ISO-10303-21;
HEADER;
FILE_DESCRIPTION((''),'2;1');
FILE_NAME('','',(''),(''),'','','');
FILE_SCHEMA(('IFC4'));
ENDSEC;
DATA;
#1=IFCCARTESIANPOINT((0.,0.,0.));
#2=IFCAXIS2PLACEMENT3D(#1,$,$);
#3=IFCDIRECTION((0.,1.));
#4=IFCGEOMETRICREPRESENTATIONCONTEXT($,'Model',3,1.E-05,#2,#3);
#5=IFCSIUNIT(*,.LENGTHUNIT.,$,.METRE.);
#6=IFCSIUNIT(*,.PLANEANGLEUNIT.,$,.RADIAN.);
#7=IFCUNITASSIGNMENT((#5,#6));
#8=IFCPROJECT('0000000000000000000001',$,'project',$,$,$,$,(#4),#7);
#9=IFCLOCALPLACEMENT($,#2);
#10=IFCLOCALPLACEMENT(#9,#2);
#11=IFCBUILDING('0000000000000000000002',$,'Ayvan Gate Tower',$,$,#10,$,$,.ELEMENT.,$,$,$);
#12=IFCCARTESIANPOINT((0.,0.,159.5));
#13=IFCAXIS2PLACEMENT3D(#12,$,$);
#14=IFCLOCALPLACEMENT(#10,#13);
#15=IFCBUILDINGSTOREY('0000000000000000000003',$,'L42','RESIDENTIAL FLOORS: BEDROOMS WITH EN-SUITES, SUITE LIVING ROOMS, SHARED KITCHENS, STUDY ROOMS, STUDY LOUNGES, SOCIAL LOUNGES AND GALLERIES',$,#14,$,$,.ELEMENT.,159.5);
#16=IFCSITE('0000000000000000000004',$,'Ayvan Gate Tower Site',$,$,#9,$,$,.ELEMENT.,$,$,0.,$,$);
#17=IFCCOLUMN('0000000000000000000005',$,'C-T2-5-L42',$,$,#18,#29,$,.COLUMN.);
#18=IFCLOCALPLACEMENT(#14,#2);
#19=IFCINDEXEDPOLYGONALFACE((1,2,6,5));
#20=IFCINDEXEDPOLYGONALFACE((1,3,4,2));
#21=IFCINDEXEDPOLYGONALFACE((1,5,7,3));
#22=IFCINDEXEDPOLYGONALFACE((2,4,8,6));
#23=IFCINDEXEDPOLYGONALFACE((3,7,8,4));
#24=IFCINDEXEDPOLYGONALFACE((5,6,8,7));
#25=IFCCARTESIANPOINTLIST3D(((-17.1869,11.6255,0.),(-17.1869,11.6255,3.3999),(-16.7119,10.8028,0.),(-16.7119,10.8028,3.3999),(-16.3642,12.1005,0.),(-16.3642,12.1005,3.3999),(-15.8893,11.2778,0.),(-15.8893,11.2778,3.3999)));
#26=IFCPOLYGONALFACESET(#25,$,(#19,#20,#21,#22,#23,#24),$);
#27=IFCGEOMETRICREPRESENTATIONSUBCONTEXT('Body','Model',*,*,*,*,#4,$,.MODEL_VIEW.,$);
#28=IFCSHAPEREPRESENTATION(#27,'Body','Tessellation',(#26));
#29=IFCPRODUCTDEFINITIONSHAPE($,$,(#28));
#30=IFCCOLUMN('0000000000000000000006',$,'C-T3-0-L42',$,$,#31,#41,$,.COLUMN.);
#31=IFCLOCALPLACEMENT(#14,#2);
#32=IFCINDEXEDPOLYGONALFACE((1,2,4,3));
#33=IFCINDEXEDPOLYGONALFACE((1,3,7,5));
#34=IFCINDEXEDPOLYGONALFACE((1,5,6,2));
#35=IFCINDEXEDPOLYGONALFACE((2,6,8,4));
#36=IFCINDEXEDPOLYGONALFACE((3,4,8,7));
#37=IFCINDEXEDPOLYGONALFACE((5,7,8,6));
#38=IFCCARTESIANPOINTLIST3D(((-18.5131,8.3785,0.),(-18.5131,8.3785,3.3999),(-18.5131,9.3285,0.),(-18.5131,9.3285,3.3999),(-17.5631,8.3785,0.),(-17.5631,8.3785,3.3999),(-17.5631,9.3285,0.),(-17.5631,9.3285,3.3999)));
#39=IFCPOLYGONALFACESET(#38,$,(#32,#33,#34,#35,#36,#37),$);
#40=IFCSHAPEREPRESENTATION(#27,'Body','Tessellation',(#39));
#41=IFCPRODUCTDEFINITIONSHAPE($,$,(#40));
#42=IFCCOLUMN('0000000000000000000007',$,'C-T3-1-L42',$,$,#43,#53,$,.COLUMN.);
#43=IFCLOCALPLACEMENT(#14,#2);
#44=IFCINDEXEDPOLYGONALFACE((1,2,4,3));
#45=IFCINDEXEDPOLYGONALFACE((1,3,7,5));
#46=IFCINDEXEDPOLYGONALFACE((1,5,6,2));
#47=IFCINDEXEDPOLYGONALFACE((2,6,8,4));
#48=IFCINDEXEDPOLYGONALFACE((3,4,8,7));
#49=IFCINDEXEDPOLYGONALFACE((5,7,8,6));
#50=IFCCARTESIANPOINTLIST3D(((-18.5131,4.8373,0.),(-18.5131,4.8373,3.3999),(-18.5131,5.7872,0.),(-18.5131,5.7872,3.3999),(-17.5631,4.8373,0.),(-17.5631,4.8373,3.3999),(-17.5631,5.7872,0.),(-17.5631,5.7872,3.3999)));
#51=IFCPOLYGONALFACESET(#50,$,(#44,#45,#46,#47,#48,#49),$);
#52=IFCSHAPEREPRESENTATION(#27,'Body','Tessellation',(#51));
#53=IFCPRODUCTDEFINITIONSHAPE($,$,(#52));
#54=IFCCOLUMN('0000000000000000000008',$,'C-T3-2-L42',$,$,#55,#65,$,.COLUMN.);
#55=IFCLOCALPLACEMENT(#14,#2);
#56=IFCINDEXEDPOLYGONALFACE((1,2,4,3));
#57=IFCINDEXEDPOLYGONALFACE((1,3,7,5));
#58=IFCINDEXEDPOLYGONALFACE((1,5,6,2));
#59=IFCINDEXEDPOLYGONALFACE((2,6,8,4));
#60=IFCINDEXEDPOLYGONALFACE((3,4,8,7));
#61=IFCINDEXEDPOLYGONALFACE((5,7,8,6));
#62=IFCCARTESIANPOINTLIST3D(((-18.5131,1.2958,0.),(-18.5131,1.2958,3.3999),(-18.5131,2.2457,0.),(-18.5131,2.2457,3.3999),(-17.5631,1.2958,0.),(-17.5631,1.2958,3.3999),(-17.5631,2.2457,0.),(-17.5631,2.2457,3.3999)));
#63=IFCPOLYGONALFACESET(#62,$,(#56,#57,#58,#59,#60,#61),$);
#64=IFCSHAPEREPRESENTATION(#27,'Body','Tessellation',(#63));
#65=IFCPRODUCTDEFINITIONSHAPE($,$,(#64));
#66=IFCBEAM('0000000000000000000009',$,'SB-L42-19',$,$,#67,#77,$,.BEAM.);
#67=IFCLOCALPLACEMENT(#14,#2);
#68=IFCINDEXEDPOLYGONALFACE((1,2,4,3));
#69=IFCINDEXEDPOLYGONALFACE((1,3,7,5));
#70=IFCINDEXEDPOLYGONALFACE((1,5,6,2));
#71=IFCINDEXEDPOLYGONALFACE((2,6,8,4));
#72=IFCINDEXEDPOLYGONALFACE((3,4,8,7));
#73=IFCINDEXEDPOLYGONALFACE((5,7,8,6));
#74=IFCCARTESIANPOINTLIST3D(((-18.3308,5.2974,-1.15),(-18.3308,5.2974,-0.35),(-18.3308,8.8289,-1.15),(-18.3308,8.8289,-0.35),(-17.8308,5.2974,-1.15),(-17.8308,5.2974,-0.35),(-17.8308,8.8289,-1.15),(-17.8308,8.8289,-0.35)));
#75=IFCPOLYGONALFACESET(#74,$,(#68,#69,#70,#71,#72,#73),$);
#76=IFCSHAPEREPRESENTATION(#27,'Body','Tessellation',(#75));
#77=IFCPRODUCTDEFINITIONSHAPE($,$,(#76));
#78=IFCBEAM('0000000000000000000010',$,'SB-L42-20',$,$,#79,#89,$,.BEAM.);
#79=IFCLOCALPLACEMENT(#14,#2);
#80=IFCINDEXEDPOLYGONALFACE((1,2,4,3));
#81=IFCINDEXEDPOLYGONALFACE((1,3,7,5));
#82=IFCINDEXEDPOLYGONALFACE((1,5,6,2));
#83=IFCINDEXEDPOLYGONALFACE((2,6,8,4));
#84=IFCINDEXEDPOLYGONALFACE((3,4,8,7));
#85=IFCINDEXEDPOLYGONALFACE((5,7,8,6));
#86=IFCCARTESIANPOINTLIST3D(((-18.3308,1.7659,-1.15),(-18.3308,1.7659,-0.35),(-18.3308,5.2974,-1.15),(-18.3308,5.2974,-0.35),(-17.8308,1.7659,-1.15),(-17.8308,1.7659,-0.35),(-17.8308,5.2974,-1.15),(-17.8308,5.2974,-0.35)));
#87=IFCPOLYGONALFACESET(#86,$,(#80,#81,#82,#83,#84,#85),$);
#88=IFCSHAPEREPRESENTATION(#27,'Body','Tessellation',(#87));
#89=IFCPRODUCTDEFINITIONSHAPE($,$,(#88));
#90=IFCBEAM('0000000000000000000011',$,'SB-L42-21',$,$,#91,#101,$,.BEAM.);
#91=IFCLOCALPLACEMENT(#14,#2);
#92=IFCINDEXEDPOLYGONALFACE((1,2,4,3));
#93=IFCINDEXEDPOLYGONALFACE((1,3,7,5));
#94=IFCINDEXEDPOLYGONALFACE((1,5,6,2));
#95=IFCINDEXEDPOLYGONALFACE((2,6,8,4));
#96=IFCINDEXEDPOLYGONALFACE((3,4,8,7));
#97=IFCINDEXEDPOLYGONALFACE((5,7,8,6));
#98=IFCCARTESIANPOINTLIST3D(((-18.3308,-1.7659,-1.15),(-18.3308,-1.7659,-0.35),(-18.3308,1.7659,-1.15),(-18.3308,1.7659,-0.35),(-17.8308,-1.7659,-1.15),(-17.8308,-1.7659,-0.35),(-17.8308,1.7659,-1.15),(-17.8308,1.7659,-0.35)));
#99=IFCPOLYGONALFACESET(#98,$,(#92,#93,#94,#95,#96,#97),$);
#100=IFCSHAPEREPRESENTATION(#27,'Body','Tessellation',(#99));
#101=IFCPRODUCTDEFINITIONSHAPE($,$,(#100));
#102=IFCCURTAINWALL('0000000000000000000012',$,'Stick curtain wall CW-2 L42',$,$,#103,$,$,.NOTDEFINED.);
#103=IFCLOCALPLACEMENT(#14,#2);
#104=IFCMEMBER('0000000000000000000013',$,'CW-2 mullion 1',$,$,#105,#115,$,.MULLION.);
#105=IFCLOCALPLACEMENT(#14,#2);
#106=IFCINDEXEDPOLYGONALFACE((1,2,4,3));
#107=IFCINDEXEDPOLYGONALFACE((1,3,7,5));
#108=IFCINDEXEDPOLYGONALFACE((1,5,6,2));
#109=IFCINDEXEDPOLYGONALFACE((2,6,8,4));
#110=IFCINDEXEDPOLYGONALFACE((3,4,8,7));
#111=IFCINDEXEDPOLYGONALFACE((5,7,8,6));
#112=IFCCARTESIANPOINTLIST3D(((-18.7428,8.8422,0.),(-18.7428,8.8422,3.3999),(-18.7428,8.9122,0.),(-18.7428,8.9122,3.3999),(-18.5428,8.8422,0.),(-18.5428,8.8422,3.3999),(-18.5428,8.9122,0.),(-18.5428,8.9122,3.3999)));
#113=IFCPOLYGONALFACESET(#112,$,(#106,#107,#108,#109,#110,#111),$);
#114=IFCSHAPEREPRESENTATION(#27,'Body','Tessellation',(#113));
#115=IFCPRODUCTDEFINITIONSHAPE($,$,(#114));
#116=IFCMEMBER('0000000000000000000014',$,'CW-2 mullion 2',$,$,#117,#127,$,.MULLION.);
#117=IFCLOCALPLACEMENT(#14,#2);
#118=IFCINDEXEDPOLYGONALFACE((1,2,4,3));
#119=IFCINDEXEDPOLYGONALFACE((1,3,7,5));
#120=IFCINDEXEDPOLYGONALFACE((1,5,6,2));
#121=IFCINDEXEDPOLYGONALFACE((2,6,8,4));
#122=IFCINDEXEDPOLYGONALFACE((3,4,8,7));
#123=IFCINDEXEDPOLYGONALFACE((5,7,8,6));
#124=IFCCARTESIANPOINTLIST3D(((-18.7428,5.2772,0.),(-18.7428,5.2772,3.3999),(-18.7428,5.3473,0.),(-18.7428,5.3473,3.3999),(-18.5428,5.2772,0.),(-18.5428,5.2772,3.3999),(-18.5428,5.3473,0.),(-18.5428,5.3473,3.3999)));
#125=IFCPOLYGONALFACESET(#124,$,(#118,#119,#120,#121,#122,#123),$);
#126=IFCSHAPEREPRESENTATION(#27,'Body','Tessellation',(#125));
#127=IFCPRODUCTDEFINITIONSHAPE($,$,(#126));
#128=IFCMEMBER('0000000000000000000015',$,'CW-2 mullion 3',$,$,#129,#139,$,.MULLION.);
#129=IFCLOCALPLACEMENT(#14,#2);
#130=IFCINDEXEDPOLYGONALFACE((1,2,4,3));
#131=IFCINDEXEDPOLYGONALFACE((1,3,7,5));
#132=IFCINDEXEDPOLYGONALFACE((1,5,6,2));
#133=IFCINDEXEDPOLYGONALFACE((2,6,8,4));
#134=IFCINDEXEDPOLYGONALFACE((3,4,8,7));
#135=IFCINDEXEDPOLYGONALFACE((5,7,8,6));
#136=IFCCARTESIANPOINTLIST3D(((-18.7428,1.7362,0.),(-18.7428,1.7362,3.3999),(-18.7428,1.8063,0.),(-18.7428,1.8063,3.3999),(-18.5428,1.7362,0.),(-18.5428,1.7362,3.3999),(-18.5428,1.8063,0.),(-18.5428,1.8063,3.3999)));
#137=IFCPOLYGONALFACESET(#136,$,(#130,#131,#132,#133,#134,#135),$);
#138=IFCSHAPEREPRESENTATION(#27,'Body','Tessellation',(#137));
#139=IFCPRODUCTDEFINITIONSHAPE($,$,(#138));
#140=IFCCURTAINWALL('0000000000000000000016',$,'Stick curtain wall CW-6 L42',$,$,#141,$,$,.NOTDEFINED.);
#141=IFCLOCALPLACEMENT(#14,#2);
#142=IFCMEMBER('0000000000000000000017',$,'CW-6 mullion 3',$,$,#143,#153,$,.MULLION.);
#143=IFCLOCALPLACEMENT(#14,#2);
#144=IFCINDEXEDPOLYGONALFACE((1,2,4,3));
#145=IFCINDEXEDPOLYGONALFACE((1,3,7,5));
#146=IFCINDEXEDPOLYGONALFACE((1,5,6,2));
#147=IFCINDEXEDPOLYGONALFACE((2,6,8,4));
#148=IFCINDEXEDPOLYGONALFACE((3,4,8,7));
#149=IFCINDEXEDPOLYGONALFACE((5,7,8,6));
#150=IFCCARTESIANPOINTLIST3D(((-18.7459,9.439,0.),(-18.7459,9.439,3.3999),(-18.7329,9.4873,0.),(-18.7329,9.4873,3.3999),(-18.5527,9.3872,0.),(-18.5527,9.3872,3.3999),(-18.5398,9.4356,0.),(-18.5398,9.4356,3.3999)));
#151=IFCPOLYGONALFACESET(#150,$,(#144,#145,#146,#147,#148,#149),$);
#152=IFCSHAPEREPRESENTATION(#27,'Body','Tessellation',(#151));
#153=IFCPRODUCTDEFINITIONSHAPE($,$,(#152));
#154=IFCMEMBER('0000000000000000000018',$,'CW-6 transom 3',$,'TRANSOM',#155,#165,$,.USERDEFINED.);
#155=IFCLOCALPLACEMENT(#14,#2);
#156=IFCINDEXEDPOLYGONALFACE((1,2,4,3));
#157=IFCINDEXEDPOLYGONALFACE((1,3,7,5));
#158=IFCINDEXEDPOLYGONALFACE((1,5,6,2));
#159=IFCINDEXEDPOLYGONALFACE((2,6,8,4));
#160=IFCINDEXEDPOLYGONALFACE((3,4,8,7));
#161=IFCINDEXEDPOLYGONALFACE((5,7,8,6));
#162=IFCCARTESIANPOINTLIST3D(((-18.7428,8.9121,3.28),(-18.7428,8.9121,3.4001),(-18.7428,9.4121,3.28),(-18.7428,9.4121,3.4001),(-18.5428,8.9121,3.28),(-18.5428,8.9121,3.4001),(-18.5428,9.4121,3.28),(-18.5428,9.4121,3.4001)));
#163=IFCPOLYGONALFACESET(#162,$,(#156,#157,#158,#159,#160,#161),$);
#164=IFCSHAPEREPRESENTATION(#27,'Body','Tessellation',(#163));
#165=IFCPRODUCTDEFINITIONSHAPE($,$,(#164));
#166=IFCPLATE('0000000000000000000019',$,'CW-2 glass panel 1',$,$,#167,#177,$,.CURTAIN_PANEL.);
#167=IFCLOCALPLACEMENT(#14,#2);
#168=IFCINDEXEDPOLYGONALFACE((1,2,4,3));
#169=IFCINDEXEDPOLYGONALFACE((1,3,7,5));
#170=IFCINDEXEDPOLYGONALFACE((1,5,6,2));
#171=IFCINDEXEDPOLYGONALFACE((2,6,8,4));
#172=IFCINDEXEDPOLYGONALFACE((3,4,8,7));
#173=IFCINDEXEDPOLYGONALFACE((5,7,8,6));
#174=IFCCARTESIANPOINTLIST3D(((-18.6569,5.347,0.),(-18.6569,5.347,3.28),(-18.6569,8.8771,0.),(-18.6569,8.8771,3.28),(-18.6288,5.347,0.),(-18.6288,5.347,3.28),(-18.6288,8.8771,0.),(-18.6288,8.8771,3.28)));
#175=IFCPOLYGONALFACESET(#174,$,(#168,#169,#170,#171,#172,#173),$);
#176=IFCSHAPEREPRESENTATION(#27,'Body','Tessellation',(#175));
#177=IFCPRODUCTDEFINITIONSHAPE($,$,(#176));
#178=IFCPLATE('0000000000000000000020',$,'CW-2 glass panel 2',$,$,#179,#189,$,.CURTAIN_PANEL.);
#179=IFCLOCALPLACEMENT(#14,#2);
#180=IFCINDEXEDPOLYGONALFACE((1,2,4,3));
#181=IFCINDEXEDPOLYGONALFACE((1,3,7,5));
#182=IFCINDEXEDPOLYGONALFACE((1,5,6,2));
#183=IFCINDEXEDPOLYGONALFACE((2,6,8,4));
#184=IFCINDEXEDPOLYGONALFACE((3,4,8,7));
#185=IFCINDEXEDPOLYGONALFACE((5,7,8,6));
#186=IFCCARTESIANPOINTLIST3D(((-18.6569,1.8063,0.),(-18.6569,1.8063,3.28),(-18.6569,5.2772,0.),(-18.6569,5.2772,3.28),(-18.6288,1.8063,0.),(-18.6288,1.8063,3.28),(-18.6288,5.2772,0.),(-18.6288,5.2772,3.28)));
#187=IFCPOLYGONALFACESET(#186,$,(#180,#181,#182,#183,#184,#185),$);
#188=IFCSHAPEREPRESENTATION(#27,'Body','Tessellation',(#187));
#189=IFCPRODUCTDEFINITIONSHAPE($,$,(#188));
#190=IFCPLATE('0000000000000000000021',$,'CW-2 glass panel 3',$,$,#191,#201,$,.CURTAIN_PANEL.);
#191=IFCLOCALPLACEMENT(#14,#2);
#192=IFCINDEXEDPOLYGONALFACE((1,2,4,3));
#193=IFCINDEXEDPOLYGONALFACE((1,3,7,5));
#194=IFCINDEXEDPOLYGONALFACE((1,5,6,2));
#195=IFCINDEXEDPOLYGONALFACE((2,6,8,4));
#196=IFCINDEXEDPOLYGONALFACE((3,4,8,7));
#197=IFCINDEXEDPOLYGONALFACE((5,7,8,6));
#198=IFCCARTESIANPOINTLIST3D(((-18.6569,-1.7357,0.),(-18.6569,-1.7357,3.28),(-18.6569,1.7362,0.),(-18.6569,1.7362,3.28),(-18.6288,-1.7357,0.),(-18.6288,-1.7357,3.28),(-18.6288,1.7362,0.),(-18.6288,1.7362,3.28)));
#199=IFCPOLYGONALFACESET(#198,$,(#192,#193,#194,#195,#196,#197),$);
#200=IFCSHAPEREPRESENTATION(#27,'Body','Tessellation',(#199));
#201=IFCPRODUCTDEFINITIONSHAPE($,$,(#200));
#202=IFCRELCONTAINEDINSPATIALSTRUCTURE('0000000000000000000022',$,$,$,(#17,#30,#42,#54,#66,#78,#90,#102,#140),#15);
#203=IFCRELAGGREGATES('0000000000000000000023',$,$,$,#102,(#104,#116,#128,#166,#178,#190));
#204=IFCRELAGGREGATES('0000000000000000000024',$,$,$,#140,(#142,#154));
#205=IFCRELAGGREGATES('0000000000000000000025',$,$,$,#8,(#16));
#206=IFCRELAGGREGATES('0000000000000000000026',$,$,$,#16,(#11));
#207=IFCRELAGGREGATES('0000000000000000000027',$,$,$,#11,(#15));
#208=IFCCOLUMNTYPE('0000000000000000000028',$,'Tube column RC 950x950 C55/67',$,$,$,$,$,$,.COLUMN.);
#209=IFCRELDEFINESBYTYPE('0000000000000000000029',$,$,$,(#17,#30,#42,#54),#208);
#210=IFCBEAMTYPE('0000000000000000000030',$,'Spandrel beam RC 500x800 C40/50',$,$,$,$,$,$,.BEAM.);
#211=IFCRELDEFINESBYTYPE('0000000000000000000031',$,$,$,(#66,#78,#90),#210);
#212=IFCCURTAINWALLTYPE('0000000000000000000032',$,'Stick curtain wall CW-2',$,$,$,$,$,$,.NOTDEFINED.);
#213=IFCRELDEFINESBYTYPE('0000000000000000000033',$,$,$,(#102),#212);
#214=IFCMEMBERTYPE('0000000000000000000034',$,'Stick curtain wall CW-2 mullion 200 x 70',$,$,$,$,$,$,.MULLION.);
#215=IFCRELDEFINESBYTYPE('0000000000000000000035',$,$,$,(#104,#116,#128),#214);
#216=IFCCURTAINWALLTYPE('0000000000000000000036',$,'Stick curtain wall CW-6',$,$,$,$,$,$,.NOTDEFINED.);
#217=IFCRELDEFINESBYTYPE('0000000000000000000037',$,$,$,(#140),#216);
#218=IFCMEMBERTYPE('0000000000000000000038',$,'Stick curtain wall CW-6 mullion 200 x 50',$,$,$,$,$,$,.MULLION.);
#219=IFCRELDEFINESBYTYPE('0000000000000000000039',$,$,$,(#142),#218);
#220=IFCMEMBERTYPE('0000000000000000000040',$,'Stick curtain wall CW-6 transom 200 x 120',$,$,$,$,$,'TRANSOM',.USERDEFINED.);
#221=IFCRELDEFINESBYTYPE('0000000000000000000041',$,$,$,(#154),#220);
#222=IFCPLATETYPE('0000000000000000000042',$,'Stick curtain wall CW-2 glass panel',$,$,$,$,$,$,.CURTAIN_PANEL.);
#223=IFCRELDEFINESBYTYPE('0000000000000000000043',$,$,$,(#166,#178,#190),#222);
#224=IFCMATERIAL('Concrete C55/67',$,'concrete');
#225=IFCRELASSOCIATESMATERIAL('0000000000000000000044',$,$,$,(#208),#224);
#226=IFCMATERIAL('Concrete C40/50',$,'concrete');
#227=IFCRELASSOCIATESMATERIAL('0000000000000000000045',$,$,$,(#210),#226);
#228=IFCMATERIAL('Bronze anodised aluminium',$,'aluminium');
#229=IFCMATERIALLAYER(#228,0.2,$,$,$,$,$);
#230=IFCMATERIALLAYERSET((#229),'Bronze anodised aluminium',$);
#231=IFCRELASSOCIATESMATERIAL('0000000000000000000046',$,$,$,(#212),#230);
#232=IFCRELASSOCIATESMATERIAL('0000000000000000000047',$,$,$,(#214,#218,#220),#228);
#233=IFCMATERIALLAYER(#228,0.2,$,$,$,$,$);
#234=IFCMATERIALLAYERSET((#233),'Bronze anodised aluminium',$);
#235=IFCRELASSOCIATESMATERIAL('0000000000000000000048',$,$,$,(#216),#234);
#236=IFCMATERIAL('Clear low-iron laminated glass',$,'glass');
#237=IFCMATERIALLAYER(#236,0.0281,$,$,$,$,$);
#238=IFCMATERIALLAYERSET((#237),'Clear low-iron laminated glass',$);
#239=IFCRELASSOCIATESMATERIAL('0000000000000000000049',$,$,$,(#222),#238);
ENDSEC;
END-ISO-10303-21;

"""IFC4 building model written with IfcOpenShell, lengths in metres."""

from ifc_helpers import new_model, si_unit, direction, frame, origin, origin_2d, place, context, subcontext, project, spatial, rectangle, extrude, material, layer, layer_set, material_profile, profile_set, type_object, element, aggregate, save


model = new_model("IFC4")

# Units and contexts
model_context = context("Model", 3, precision=1e-05, world=origin(), true_north=direction((0.0, 1.0)))
body_context = subcontext(model_context, "Body", "Model", "MODEL_VIEW")
ifc_project = project(units=[si_unit("LENGTHUNIT", "METRE"), si_unit("PLANEANGLEUNIT", "RADIAN")], contexts=[model_context])

# Site, building, storey
site_placement = place(None, origin())
site = spatial("IfcSite", under=ifc_project, at=site_placement, Name="Ayvan Gate Tower Site", CompositionType="ELEMENT", RefElevation=0.0)
building_placement = place(site_placement, origin())
building = spatial("IfcBuilding", under=site, at=building_placement, Name="Ayvan Gate Tower", CompositionType="ELEMENT")
storey_placement = place(building_placement, frame((0.0, 0.0, 159.5)))
storey = spatial("IfcBuildingStorey", under=building, at=storey_placement, Name="L42", Description="RESIDENTIAL FLOORS: BEDROOMS WITH EN-SUITES, SUITE LIVING ROOMS, SHARED KITCHENS, STUDY ROOMS, STUDY LOUNGES, SOCIAL LOUNGES AND GALLERIES", CompositionType="ELEMENT", Elevation=159.5)

# Columns
ifc_material_1 = material(Name="Concrete C55/67", Category="concrete")
ifc_material_profile_1 = material_profile(ifc_material_1, rectangle(XDim=0.95, YDim=0.95, at=origin_2d()), Name="RC 950x950")
ifc_profile_set_1 = profile_set([ifc_material_profile_1], Name="Concrete C55/67")
column_type = type_object("IfcColumnType", Name="Tube column RC 950x950 C55/67", PredefinedType="COLUMN", material=ifc_profile_set_1)
for number, where, z_axis, x_axis, name in (
    (1, (-16.5381, 11.4517, 0.0), (0.0, 0.0, 1.0), (-0.5, 0.866025, 0.0), "C-T2-5-L42"),
    (2, (-18.0381, 8.8535, 0.0), (0.0, 0.0, 1.0), (-1.0, 0.0, 0.0), "C-T3-0-L42"),
    (3, (-18.0381, 5.3123, 0.0), (0.0, 0.0, 1.0), (-1.0, 0.0, 0.0), "C-T3-1-L42"),
    (4, (-18.0381, 1.7708, 0.0), (0.0, 0.0, 1.0), (-1.0, 0.0, 0.0), "C-T3-2-L42"),
):
    element("IfcColumn", number, at=place(storey_placement, frame(where, z_axis=z_axis, x_axis=x_axis)), inside=storey, type_object=column_type, Name=name, PredefinedType="COLUMN", context=body_context, shape_type="SweptSolid", body=[
        extrude(rectangle(XDim=0.95, YDim=0.95, at=origin_2d()), origin(), (0.0, 0.0, 1.0), 3.3999),
    ])

# Beams
ifc_material_2 = material(Name="Concrete C40/50", Category="concrete")
ifc_material_profile_2 = material_profile(ifc_material_2, rectangle(XDim=0.5, YDim=0.8, at=origin_2d()), Name="RC 500x800")
ifc_profile_set_2 = profile_set([ifc_material_profile_2], Name="Concrete C40/50")
beam_type = type_object("IfcBeamType", Name="Spandrel beam RC 500x800 C40/50", PredefinedType="BEAM", material=ifc_profile_set_2)
for number, where, z_axis, x_axis, name in (
    (5, (-18.0808, 8.8289, -0.75), (0.0, -1.0, 0.0), (1.0, 0.0, 0.0), "SB-L42-19"),
    (6, (-18.0808, 5.2974, -0.75), (0.0, -1.0, 0.0), (1.0, 0.0, 0.0), "SB-L42-20"),
):
    element("IfcBeam", number, at=place(storey_placement, frame(where, z_axis=z_axis, x_axis=x_axis)), inside=storey, type_object=beam_type, Name=name, PredefinedType="BEAM", context=body_context, shape_type="SweptSolid", body=[
        extrude(rectangle(XDim=0.5, YDim=0.8, at=origin_2d()), origin(), (0.0, 0.0, 1.0), 3.5315),
    ])
beam_placement = place(storey_placement, frame((-18.0808, 1.7659, -0.75), z_axis=(0.0, -1.0, 0.0), x_axis=(1.0, 0.0, 0.0)))
element("IfcBeam", 7, at=beam_placement, inside=storey, type_object=beam_type, Name="SB-L42-21", PredefinedType="BEAM", context=body_context, shape_type="SweptSolid", body=[
    extrude(rectangle(XDim=0.5, YDim=0.8, at=origin_2d()), origin(), (0.0, 0.0, 1.0), 3.5317),
])

# Curtain walls, members
ifc_material_3 = material(Name="Bronze anodised aluminium", Category="aluminium")
ifc_layer_1 = layer(ifc_material_3, 0.2)
ifc_layer_set_1 = layer_set([ifc_layer_1], Name="Bronze anodised aluminium")
curtain_wall_type_1 = type_object("IfcCurtainWallType", Name="Stick curtain wall CW-2", PredefinedType="NOTDEFINED", material=ifc_layer_set_1)
curtain_wall_1_placement = place(storey_placement, origin())
curtain_wall_1 = element("IfcCurtainWall", 8, at=curtain_wall_1_placement, inside=storey, type_object=curtain_wall_type_1, Name="Stick curtain wall CW-2 L42", PredefinedType="NOTDEFINED")
ifc_material_profile_3 = material_profile(ifc_material_3, rectangle(XDim=0.2, YDim=0.0701, at=origin_2d()), Name="Stick curtain wall CW-2 mullion 200 x 70")
ifc_profile_set_3 = profile_set([ifc_material_profile_3], Name="Bronze anodised aluminium")
member_type_1 = type_object("IfcMemberType", Name="Stick curtain wall CW-2 mullion 200 x 70", PredefinedType="MULLION", material=ifc_profile_set_3)
member_1_placement = place(storey_placement, frame((-18.6428, 8.8772, 0.0), z_axis=(0.0, 0.0, 1.0), x_axis=(-1.0, 0.0, 0.0)))
member_1 = element("IfcMember", 9, at=member_1_placement, type_object=member_type_1, Name="CW-2 mullion 1", PredefinedType="MULLION", context=body_context, shape_type="SweptSolid", body=[
    extrude(rectangle(XDim=0.2, YDim=0.0701, at=origin_2d()), origin(), (0.0, 0.0, 1.0), 3.3999),
])
member_2_placement = place(storey_placement, frame((-18.6428, 5.3123, 0.0), z_axis=(0.0, 0.0, 1.0), x_axis=(-1.0, 0.0, 0.0)))
member_2 = element("IfcMember", 10, at=member_2_placement, type_object=member_type_1, Name="CW-2 mullion 2", PredefinedType="MULLION", context=body_context, shape_type="SweptSolid", body=[
    extrude(rectangle(XDim=0.2, YDim=0.0701, at=origin_2d()), origin(), (0.0, 0.0, 1.0), 3.3999),
])
member_3_placement = place(storey_placement, frame((-18.6428, 1.7712, 0.0), z_axis=(0.0, 0.0, 1.0), x_axis=(-1.0, 0.0, 0.0)))
member_3 = element("IfcMember", 11, at=member_3_placement, type_object=member_type_1, Name="CW-2 mullion 3", PredefinedType="MULLION", context=body_context, shape_type="SweptSolid", body=[
    extrude(rectangle(XDim=0.2, YDim=0.0701, at=origin_2d()), origin(), (0.0, 0.0, 1.0), 3.3999),
])
ifc_layer_2 = layer(ifc_material_3, 0.2)
ifc_layer_set_2 = layer_set([ifc_layer_2], Name="Bronze anodised aluminium")
curtain_wall_type_2 = type_object("IfcCurtainWallType", Name="Stick curtain wall CW-6", PredefinedType="NOTDEFINED", material=ifc_layer_set_2)
curtain_wall_2_placement = place(storey_placement, origin())
curtain_wall_2 = element("IfcCurtainWall", 12, at=curtain_wall_2_placement, inside=storey, type_object=curtain_wall_type_2, Name="Stick curtain wall CW-6 L42", PredefinedType="NOTDEFINED")
ifc_material_profile_4 = material_profile(ifc_material_3, rectangle(XDim=0.2, YDim=0.05, at=origin_2d()), Name="Stick curtain wall CW-6 mullion 200 x 50")
ifc_profile_set_4 = profile_set([ifc_material_profile_4], Name="Bronze anodised aluminium")
member_type_2 = type_object("IfcMemberType", Name="Stick curtain wall CW-6 mullion 200 x 50", PredefinedType="MULLION", material=ifc_profile_set_4)
member_4_placement = place(storey_placement, frame((-18.6428, 9.4373, 0.0), z_axis=(0.0, 0.0, 1.0), x_axis=(-0.965926, 0.258819, 0.0)))
member_4 = element("IfcMember", 13, at=member_4_placement, type_object=member_type_2, Name="CW-6 mullion 3", PredefinedType="MULLION", context=body_context, shape_type="SweptSolid", body=[
    extrude(rectangle(XDim=0.2, YDim=0.05, at=origin_2d()), origin(), (0.0, 0.0, 1.0), 3.3999),
])
ifc_material_profile_5 = material_profile(ifc_material_3, rectangle(XDim=0.2, YDim=0.1201, at=origin_2d()), Name="Stick curtain wall CW-6 transom 200 x 120")
ifc_profile_set_5 = profile_set([ifc_material_profile_5], Name="Bronze anodised aluminium")
member_type_3 = type_object("IfcMemberType", Name="Stick curtain wall CW-6 transom 200 x 120", ElementType="TRANSOM", PredefinedType="USERDEFINED", material=ifc_profile_set_5)
member_5_placement = place(storey_placement, frame((-18.6428, 9.4121, 3.3401), z_axis=(0.0, -1.0, 0.0), x_axis=(1.0, 0.0, 0.0)))
member_5 = element("IfcMember", 14, at=member_5_placement, type_object=member_type_3, Name="CW-6 transom 3", ObjectType="TRANSOM", PredefinedType="USERDEFINED", context=body_context, shape_type="SweptSolid", body=[
    extrude(rectangle(XDim=0.2, YDim=0.1201, at=origin_2d()), origin(), (0.0, 0.0, 1.0), 0.5),
])

# Plates
ifc_material_4 = material(Name="Clear low-iron laminated glass", Category="glass")
ifc_layer_3 = layer(ifc_material_4, 0.0281)
ifc_layer_set_3 = layer_set([ifc_layer_3], Name="Clear low-iron laminated glass")
plate_type_1 = type_object("IfcPlateType", Name="Stick curtain wall CW-2 glass panel", PredefinedType="CURTAIN_PANEL", material=ifc_layer_set_3)
plate_1_placement = place(storey_placement, frame((-18.6428, 7.1121, 0.0), z_axis=(0.0, 0.0, 1.0), x_axis=(0.0, -1.0, 0.0)))
plate_1 = element("IfcPlate", 15, at=plate_1_placement, type_object=plate_type_1, Name="CW-2 glass panel 1", PredefinedType="CURTAIN_PANEL", context=body_context, shape_type="SweptSolid", body=[
    extrude(rectangle(XDim=3.53, YDim=0.0281, at=origin_2d()), origin(), (0.0, 0.0, 1.0), 3.28),
])
plate_2_placement = place(storey_placement, frame((-18.6428, 3.5417, 0.0), z_axis=(0.0, 0.0, 1.0), x_axis=(0.0, -1.0, 0.0)))
plate_2 = element("IfcPlate", 16, at=plate_2_placement, type_object=plate_type_1, Name="CW-2 glass panel 2", PredefinedType="CURTAIN_PANEL", context=body_context, shape_type="SweptSolid", body=[
    extrude(rectangle(XDim=3.4709, YDim=0.0281, at=origin_2d()), origin(), (0.0, 0.0, 1.0), 3.28),
])
plate_3_placement = place(storey_placement, frame((-18.6428, 0.0002, 0.0), z_axis=(0.0, 0.0, 1.0), x_axis=(0.0, -1.0, 0.0)))
plate_3 = element("IfcPlate", 17, at=plate_3_placement, type_object=plate_type_1, Name="CW-2 glass panel 3", PredefinedType="CURTAIN_PANEL", context=body_context, shape_type="SweptSolid", body=[
    extrude(rectangle(XDim=3.4719, YDim=0.0281, at=origin_2d()), origin(), (0.0, 0.0, 1.0), 3.28),
])
aggregate(curtain_wall_1, [member_1, member_2, member_3, plate_1, plate_2, plate_3])
aggregate(curtain_wall_2, [member_4, member_5])

save(model, "model.ifc")
